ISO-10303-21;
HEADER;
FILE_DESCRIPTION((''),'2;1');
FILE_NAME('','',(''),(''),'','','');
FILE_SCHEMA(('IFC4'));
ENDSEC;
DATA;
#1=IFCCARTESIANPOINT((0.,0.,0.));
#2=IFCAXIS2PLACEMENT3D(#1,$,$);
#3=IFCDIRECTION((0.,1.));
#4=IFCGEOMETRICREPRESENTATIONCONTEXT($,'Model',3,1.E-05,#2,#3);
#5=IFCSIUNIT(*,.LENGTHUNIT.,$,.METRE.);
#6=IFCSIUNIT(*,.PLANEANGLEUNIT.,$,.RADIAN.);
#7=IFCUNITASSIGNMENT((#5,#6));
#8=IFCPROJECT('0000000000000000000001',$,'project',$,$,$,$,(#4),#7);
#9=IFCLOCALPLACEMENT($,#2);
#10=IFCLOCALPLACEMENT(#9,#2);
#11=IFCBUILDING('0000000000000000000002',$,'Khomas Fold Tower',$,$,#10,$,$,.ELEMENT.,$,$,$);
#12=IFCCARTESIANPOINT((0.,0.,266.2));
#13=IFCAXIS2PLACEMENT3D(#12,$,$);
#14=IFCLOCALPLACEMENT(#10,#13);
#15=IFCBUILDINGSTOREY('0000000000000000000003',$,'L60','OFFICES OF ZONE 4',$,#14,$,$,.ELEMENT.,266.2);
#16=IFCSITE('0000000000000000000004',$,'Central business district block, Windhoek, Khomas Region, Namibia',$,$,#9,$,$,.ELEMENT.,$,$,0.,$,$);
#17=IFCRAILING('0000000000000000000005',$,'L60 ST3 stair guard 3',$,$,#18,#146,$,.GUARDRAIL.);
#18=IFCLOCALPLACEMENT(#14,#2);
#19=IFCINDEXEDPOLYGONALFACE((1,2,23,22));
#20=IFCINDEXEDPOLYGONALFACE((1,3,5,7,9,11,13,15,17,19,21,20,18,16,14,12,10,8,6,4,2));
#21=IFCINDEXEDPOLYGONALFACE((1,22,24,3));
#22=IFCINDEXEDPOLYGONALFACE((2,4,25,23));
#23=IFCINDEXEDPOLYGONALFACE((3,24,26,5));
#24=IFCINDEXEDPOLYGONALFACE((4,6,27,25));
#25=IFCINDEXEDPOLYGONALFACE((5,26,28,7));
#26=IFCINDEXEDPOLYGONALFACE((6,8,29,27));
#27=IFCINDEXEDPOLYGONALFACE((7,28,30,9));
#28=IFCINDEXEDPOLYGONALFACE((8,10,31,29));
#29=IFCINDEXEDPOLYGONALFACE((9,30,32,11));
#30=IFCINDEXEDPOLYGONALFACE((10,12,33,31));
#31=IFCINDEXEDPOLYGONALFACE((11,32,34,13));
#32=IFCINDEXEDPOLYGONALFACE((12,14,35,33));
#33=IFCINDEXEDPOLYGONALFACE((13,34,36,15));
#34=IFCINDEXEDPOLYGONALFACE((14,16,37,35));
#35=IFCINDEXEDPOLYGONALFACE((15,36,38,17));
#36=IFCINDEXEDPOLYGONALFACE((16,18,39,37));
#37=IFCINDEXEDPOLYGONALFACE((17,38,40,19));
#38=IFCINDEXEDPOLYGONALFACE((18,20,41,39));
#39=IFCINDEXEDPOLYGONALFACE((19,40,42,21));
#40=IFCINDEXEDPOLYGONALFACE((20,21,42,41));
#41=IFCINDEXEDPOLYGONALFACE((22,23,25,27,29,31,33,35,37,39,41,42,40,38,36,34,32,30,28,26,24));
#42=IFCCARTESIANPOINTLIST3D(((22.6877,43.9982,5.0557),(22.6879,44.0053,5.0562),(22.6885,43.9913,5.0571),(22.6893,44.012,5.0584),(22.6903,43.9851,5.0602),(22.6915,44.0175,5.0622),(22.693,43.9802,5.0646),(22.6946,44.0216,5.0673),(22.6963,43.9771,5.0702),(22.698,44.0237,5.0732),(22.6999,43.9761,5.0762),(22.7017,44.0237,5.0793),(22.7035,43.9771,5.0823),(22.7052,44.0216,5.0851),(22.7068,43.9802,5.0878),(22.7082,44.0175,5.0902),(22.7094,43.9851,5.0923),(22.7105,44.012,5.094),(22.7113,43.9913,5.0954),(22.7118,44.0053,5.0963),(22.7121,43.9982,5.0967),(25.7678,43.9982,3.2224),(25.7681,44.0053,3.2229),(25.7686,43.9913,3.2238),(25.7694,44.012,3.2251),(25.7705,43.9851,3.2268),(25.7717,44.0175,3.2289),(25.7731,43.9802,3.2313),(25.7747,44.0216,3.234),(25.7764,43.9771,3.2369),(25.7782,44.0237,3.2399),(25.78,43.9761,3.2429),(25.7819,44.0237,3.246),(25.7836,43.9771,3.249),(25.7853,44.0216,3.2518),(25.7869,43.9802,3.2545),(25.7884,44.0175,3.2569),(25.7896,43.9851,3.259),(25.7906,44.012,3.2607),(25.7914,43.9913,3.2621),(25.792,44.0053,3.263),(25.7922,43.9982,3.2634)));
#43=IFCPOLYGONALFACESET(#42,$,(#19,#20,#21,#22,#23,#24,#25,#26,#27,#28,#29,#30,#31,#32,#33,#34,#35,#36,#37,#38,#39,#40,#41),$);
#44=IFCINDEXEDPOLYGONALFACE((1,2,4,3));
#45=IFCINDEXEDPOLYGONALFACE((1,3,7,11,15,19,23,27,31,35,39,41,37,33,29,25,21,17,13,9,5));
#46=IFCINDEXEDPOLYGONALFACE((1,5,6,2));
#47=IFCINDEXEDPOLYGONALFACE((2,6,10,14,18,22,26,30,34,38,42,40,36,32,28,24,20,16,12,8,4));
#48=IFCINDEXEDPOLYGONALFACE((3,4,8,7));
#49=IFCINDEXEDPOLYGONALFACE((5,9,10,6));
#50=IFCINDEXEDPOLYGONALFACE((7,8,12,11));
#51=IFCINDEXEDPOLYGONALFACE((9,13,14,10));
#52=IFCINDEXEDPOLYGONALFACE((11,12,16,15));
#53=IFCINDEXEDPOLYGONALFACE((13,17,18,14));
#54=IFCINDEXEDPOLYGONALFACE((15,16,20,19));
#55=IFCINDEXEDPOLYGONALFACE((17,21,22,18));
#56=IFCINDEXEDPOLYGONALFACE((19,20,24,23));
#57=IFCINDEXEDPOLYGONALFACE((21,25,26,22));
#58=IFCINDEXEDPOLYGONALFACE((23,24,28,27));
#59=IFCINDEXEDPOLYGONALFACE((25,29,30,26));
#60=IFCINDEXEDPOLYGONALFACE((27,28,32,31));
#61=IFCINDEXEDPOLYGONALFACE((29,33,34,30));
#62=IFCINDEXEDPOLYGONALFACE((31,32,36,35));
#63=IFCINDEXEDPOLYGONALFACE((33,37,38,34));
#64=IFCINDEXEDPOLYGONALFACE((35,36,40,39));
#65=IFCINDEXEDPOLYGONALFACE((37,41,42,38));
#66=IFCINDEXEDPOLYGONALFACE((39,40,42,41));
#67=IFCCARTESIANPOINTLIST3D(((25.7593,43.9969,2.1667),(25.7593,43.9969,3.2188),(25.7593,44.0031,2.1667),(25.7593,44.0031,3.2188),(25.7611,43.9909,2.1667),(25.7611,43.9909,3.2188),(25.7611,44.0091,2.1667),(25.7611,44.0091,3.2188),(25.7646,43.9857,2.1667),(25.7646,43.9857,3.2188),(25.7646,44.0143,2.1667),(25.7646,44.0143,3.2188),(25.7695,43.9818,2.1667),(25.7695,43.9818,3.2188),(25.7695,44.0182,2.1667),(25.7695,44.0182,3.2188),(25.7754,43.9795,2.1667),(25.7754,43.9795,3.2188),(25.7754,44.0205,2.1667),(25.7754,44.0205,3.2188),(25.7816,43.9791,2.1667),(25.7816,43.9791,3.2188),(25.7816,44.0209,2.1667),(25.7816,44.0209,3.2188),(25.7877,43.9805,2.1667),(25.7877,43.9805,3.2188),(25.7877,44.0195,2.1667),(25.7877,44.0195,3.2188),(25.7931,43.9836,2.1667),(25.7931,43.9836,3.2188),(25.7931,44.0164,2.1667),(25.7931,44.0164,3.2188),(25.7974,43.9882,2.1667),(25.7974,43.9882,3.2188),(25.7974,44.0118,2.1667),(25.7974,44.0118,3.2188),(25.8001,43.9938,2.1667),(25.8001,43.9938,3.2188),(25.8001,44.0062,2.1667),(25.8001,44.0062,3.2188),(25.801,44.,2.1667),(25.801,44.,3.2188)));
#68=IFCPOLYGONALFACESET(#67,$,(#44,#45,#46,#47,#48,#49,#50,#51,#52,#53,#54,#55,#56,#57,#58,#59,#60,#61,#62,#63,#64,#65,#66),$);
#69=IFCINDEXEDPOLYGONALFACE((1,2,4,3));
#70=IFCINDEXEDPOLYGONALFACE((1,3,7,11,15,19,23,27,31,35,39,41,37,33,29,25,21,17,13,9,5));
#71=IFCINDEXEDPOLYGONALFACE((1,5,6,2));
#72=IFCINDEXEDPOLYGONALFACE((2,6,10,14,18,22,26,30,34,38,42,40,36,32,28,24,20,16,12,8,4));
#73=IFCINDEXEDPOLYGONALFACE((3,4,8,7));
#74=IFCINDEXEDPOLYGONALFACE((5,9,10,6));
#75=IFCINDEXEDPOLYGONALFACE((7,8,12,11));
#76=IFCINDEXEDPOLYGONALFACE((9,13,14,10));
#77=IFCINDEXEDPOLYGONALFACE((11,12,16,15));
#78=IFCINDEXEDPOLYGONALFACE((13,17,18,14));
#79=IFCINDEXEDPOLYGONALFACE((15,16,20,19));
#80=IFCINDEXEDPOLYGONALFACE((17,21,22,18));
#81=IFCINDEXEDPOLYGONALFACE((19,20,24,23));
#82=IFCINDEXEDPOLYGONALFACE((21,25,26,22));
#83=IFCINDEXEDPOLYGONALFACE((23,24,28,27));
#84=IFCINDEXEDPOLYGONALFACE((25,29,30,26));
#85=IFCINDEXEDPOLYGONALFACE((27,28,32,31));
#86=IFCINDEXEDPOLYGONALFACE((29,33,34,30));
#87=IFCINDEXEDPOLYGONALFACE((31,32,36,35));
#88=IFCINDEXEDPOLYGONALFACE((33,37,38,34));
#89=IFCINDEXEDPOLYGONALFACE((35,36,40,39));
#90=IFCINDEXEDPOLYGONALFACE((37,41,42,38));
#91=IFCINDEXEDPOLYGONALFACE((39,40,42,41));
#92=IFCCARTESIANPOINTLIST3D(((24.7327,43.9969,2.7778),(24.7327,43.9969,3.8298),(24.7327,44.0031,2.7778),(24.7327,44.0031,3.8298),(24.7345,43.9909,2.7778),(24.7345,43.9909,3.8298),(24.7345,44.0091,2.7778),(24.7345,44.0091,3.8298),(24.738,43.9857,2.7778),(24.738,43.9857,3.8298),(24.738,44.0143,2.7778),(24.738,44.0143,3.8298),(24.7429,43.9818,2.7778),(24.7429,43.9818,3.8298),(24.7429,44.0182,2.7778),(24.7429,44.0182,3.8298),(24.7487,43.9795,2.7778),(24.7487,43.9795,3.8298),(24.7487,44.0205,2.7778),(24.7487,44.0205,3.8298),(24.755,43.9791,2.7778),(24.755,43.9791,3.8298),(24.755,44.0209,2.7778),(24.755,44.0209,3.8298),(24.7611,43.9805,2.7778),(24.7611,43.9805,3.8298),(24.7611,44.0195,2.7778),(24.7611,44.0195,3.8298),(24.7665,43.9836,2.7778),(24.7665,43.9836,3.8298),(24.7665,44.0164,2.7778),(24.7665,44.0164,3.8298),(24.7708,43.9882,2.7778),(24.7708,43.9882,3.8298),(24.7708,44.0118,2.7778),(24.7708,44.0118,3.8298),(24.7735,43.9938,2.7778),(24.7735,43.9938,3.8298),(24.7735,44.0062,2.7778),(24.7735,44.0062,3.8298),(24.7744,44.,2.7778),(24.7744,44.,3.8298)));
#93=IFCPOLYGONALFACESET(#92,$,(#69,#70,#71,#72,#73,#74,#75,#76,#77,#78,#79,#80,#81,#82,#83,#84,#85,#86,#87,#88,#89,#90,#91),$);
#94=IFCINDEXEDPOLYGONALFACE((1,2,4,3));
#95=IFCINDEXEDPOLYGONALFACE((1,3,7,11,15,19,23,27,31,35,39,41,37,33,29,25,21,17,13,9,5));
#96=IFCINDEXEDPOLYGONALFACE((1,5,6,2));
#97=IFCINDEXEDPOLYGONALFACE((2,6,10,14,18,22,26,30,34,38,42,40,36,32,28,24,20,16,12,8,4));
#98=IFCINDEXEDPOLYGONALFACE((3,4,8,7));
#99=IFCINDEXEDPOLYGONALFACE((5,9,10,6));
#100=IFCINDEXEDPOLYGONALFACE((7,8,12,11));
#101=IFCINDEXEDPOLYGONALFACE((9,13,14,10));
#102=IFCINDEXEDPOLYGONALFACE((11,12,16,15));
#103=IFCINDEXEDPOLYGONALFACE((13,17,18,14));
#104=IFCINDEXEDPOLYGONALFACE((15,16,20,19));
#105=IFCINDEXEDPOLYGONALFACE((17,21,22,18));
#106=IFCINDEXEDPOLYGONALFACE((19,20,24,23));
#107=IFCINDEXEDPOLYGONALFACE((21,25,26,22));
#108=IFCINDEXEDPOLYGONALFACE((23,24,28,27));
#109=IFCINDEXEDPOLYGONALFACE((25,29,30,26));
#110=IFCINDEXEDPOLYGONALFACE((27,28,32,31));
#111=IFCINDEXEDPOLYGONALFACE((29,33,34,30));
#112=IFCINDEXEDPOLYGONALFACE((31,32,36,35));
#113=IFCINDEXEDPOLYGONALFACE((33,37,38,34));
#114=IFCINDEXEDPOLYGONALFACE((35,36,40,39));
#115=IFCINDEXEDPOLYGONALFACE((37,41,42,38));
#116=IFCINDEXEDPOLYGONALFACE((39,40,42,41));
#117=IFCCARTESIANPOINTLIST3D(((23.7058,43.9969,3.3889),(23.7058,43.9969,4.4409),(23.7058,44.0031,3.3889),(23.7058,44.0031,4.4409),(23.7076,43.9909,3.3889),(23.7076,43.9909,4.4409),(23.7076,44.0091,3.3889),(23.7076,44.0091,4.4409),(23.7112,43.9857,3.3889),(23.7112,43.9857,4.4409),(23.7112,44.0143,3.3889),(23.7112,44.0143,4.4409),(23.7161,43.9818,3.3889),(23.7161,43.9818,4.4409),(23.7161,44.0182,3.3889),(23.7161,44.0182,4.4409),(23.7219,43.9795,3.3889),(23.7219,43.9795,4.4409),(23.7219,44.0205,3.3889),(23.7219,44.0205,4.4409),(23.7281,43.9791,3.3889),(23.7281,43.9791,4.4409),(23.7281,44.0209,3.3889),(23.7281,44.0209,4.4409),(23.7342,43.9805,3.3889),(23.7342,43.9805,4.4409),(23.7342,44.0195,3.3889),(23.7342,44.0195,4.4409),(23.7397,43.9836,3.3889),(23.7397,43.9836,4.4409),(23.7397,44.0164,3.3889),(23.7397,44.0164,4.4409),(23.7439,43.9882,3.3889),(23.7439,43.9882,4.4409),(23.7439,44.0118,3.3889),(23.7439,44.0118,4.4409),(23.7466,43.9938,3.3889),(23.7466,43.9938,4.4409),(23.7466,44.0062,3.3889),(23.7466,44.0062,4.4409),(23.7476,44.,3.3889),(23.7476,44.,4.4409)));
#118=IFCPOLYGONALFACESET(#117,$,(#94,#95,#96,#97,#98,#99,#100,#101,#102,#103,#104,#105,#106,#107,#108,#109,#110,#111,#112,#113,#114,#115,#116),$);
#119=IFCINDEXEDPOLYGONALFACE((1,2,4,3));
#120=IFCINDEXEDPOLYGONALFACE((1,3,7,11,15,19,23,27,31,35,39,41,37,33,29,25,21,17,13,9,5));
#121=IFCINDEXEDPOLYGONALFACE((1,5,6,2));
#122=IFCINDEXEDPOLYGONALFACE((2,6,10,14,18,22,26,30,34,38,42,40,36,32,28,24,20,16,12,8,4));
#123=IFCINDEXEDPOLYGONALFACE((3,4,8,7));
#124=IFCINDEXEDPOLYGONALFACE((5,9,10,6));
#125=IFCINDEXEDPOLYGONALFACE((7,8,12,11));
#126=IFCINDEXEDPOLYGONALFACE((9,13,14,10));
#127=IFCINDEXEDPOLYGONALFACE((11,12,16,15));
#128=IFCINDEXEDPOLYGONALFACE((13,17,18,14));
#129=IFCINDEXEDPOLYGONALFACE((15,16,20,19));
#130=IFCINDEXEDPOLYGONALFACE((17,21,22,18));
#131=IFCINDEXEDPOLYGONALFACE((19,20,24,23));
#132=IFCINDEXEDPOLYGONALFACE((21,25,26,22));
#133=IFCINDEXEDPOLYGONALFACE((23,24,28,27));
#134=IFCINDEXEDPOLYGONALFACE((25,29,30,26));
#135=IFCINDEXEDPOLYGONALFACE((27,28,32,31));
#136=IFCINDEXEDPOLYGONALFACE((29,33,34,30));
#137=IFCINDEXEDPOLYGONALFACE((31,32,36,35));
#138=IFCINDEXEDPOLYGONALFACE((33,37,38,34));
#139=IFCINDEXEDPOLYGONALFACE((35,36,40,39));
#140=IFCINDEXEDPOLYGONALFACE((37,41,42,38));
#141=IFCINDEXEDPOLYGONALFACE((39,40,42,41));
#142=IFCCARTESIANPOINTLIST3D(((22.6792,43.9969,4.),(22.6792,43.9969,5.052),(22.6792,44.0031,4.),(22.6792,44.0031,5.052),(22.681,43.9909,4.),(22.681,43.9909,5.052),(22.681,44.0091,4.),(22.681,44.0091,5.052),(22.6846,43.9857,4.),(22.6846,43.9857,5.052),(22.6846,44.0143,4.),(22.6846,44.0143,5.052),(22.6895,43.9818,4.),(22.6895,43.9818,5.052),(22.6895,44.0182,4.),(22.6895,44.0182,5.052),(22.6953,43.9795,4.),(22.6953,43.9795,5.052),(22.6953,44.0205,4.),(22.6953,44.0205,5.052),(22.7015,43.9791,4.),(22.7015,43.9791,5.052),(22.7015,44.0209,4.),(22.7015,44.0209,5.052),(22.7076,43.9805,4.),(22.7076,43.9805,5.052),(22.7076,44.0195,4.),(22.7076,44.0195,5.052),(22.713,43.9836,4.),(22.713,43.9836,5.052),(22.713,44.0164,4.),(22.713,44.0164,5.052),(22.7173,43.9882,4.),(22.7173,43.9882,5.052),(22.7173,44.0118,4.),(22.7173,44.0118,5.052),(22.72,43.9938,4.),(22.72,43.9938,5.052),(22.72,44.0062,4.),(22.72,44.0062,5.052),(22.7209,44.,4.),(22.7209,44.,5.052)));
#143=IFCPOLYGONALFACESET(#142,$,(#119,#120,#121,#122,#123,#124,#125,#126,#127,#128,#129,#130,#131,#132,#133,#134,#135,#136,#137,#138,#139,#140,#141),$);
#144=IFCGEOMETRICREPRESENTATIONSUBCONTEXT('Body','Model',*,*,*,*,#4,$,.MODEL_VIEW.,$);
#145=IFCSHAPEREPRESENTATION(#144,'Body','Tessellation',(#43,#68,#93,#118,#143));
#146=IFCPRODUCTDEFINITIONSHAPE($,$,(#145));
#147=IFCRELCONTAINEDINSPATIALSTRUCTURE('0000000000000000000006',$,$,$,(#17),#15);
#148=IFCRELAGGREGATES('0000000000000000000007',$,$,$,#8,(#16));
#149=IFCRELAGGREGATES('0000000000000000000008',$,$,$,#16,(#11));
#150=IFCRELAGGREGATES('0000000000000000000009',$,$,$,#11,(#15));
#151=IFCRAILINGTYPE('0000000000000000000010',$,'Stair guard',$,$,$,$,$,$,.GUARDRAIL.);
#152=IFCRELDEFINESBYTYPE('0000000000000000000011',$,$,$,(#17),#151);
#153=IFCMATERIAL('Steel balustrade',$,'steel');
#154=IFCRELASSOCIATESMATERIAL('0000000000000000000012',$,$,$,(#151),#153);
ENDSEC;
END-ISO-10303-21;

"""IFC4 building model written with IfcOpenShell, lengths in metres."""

from ifc_helpers import new_model, si_unit, direction, frame, origin, origin_2d, place, context, subcontext, project, spatial, circle, extrude, source, transform, mapped, material, type_object, element, save


model = new_model("IFC4")

# Units and contexts
model_context = context("Model", 3, precision=1e-05, world=origin(), true_north=direction((0.0, 1.0)))
body_context = subcontext(model_context, "Body", "Model", "MODEL_VIEW")
ifc_project = project(units=[si_unit("LENGTHUNIT", "METRE"), si_unit("PLANEANGLEUNIT", "RADIAN")], contexts=[model_context])

# Site, building, storey
site_placement = place(None, origin())
site = spatial("IfcSite", under=ifc_project, at=site_placement, Name="Central business district block, Windhoek, Khomas Region, Namibia", CompositionType="ELEMENT", RefElevation=0.0)
building_placement = place(site_placement, origin())
building = spatial("IfcBuilding", under=site, at=building_placement, Name="Khomas Fold Tower", CompositionType="ELEMENT")
storey_placement = place(building_placement, frame((0.0, 0.0, 266.2)))
storey = spatial("IfcBuildingStorey", under=building, at=storey_placement, Name="L60", Description="OFFICES OF ZONE 4", CompositionType="ELEMENT", Elevation=266.2)

# Railing
ifc_material_1 = material(Name="Steel balustrade", Category="steel")
railing_type_1 = type_object("IfcRailingType", Name="Stair guard", PredefinedType="GUARDRAIL", material=ifc_material_1)
shared_shape_1 = source(origin(), body_context, "Body", "SweptSolid", [
    extrude(circle(Radius=0.0239, at=origin_2d()), frame((0.0, 0.0, 1.0762), z_axis=(-0.859309, 0.0, 0.511458), x_axis=(0.0, -1.0, 0.0)), (0.0, 0.0, 1.0), 3.5845),
    extrude(circle(Radius=0.021, at=origin_2d()), origin(), (0.0, 0.0, 1.0), 1.052),
    extrude(circle(Radius=0.021, at=origin_2d()), frame((-1.0266, 0.0, 0.6111)), (0.0, 0.0, 1.0), 1.052),
    extrude(circle(Radius=0.021, at=origin_2d()), frame((-2.0535, 0.0, 1.2222)), (0.0, 0.0, 1.0), 1.052),
    extrude(circle(Radius=0.021, at=origin_2d()), frame((-3.0801, 0.0, 1.8333)), (0.0, 0.0, 1.0), 1.052),
])
railing_1_placement = place(storey_placement, frame((25.78, 44.0, 2.1667)))
element("IfcRailing", 1, at=railing_1_placement, inside=storey, type_object=railing_type_1, Name="L60 ST3 stair guard 3", PredefinedType="GUARDRAIL", context=body_context, shape_type="MappedRepresentation", body=[
    mapped(shared_shape_1, transform((0.0, 0.0, 0.0))),
])

save(model, "model.ifc")
